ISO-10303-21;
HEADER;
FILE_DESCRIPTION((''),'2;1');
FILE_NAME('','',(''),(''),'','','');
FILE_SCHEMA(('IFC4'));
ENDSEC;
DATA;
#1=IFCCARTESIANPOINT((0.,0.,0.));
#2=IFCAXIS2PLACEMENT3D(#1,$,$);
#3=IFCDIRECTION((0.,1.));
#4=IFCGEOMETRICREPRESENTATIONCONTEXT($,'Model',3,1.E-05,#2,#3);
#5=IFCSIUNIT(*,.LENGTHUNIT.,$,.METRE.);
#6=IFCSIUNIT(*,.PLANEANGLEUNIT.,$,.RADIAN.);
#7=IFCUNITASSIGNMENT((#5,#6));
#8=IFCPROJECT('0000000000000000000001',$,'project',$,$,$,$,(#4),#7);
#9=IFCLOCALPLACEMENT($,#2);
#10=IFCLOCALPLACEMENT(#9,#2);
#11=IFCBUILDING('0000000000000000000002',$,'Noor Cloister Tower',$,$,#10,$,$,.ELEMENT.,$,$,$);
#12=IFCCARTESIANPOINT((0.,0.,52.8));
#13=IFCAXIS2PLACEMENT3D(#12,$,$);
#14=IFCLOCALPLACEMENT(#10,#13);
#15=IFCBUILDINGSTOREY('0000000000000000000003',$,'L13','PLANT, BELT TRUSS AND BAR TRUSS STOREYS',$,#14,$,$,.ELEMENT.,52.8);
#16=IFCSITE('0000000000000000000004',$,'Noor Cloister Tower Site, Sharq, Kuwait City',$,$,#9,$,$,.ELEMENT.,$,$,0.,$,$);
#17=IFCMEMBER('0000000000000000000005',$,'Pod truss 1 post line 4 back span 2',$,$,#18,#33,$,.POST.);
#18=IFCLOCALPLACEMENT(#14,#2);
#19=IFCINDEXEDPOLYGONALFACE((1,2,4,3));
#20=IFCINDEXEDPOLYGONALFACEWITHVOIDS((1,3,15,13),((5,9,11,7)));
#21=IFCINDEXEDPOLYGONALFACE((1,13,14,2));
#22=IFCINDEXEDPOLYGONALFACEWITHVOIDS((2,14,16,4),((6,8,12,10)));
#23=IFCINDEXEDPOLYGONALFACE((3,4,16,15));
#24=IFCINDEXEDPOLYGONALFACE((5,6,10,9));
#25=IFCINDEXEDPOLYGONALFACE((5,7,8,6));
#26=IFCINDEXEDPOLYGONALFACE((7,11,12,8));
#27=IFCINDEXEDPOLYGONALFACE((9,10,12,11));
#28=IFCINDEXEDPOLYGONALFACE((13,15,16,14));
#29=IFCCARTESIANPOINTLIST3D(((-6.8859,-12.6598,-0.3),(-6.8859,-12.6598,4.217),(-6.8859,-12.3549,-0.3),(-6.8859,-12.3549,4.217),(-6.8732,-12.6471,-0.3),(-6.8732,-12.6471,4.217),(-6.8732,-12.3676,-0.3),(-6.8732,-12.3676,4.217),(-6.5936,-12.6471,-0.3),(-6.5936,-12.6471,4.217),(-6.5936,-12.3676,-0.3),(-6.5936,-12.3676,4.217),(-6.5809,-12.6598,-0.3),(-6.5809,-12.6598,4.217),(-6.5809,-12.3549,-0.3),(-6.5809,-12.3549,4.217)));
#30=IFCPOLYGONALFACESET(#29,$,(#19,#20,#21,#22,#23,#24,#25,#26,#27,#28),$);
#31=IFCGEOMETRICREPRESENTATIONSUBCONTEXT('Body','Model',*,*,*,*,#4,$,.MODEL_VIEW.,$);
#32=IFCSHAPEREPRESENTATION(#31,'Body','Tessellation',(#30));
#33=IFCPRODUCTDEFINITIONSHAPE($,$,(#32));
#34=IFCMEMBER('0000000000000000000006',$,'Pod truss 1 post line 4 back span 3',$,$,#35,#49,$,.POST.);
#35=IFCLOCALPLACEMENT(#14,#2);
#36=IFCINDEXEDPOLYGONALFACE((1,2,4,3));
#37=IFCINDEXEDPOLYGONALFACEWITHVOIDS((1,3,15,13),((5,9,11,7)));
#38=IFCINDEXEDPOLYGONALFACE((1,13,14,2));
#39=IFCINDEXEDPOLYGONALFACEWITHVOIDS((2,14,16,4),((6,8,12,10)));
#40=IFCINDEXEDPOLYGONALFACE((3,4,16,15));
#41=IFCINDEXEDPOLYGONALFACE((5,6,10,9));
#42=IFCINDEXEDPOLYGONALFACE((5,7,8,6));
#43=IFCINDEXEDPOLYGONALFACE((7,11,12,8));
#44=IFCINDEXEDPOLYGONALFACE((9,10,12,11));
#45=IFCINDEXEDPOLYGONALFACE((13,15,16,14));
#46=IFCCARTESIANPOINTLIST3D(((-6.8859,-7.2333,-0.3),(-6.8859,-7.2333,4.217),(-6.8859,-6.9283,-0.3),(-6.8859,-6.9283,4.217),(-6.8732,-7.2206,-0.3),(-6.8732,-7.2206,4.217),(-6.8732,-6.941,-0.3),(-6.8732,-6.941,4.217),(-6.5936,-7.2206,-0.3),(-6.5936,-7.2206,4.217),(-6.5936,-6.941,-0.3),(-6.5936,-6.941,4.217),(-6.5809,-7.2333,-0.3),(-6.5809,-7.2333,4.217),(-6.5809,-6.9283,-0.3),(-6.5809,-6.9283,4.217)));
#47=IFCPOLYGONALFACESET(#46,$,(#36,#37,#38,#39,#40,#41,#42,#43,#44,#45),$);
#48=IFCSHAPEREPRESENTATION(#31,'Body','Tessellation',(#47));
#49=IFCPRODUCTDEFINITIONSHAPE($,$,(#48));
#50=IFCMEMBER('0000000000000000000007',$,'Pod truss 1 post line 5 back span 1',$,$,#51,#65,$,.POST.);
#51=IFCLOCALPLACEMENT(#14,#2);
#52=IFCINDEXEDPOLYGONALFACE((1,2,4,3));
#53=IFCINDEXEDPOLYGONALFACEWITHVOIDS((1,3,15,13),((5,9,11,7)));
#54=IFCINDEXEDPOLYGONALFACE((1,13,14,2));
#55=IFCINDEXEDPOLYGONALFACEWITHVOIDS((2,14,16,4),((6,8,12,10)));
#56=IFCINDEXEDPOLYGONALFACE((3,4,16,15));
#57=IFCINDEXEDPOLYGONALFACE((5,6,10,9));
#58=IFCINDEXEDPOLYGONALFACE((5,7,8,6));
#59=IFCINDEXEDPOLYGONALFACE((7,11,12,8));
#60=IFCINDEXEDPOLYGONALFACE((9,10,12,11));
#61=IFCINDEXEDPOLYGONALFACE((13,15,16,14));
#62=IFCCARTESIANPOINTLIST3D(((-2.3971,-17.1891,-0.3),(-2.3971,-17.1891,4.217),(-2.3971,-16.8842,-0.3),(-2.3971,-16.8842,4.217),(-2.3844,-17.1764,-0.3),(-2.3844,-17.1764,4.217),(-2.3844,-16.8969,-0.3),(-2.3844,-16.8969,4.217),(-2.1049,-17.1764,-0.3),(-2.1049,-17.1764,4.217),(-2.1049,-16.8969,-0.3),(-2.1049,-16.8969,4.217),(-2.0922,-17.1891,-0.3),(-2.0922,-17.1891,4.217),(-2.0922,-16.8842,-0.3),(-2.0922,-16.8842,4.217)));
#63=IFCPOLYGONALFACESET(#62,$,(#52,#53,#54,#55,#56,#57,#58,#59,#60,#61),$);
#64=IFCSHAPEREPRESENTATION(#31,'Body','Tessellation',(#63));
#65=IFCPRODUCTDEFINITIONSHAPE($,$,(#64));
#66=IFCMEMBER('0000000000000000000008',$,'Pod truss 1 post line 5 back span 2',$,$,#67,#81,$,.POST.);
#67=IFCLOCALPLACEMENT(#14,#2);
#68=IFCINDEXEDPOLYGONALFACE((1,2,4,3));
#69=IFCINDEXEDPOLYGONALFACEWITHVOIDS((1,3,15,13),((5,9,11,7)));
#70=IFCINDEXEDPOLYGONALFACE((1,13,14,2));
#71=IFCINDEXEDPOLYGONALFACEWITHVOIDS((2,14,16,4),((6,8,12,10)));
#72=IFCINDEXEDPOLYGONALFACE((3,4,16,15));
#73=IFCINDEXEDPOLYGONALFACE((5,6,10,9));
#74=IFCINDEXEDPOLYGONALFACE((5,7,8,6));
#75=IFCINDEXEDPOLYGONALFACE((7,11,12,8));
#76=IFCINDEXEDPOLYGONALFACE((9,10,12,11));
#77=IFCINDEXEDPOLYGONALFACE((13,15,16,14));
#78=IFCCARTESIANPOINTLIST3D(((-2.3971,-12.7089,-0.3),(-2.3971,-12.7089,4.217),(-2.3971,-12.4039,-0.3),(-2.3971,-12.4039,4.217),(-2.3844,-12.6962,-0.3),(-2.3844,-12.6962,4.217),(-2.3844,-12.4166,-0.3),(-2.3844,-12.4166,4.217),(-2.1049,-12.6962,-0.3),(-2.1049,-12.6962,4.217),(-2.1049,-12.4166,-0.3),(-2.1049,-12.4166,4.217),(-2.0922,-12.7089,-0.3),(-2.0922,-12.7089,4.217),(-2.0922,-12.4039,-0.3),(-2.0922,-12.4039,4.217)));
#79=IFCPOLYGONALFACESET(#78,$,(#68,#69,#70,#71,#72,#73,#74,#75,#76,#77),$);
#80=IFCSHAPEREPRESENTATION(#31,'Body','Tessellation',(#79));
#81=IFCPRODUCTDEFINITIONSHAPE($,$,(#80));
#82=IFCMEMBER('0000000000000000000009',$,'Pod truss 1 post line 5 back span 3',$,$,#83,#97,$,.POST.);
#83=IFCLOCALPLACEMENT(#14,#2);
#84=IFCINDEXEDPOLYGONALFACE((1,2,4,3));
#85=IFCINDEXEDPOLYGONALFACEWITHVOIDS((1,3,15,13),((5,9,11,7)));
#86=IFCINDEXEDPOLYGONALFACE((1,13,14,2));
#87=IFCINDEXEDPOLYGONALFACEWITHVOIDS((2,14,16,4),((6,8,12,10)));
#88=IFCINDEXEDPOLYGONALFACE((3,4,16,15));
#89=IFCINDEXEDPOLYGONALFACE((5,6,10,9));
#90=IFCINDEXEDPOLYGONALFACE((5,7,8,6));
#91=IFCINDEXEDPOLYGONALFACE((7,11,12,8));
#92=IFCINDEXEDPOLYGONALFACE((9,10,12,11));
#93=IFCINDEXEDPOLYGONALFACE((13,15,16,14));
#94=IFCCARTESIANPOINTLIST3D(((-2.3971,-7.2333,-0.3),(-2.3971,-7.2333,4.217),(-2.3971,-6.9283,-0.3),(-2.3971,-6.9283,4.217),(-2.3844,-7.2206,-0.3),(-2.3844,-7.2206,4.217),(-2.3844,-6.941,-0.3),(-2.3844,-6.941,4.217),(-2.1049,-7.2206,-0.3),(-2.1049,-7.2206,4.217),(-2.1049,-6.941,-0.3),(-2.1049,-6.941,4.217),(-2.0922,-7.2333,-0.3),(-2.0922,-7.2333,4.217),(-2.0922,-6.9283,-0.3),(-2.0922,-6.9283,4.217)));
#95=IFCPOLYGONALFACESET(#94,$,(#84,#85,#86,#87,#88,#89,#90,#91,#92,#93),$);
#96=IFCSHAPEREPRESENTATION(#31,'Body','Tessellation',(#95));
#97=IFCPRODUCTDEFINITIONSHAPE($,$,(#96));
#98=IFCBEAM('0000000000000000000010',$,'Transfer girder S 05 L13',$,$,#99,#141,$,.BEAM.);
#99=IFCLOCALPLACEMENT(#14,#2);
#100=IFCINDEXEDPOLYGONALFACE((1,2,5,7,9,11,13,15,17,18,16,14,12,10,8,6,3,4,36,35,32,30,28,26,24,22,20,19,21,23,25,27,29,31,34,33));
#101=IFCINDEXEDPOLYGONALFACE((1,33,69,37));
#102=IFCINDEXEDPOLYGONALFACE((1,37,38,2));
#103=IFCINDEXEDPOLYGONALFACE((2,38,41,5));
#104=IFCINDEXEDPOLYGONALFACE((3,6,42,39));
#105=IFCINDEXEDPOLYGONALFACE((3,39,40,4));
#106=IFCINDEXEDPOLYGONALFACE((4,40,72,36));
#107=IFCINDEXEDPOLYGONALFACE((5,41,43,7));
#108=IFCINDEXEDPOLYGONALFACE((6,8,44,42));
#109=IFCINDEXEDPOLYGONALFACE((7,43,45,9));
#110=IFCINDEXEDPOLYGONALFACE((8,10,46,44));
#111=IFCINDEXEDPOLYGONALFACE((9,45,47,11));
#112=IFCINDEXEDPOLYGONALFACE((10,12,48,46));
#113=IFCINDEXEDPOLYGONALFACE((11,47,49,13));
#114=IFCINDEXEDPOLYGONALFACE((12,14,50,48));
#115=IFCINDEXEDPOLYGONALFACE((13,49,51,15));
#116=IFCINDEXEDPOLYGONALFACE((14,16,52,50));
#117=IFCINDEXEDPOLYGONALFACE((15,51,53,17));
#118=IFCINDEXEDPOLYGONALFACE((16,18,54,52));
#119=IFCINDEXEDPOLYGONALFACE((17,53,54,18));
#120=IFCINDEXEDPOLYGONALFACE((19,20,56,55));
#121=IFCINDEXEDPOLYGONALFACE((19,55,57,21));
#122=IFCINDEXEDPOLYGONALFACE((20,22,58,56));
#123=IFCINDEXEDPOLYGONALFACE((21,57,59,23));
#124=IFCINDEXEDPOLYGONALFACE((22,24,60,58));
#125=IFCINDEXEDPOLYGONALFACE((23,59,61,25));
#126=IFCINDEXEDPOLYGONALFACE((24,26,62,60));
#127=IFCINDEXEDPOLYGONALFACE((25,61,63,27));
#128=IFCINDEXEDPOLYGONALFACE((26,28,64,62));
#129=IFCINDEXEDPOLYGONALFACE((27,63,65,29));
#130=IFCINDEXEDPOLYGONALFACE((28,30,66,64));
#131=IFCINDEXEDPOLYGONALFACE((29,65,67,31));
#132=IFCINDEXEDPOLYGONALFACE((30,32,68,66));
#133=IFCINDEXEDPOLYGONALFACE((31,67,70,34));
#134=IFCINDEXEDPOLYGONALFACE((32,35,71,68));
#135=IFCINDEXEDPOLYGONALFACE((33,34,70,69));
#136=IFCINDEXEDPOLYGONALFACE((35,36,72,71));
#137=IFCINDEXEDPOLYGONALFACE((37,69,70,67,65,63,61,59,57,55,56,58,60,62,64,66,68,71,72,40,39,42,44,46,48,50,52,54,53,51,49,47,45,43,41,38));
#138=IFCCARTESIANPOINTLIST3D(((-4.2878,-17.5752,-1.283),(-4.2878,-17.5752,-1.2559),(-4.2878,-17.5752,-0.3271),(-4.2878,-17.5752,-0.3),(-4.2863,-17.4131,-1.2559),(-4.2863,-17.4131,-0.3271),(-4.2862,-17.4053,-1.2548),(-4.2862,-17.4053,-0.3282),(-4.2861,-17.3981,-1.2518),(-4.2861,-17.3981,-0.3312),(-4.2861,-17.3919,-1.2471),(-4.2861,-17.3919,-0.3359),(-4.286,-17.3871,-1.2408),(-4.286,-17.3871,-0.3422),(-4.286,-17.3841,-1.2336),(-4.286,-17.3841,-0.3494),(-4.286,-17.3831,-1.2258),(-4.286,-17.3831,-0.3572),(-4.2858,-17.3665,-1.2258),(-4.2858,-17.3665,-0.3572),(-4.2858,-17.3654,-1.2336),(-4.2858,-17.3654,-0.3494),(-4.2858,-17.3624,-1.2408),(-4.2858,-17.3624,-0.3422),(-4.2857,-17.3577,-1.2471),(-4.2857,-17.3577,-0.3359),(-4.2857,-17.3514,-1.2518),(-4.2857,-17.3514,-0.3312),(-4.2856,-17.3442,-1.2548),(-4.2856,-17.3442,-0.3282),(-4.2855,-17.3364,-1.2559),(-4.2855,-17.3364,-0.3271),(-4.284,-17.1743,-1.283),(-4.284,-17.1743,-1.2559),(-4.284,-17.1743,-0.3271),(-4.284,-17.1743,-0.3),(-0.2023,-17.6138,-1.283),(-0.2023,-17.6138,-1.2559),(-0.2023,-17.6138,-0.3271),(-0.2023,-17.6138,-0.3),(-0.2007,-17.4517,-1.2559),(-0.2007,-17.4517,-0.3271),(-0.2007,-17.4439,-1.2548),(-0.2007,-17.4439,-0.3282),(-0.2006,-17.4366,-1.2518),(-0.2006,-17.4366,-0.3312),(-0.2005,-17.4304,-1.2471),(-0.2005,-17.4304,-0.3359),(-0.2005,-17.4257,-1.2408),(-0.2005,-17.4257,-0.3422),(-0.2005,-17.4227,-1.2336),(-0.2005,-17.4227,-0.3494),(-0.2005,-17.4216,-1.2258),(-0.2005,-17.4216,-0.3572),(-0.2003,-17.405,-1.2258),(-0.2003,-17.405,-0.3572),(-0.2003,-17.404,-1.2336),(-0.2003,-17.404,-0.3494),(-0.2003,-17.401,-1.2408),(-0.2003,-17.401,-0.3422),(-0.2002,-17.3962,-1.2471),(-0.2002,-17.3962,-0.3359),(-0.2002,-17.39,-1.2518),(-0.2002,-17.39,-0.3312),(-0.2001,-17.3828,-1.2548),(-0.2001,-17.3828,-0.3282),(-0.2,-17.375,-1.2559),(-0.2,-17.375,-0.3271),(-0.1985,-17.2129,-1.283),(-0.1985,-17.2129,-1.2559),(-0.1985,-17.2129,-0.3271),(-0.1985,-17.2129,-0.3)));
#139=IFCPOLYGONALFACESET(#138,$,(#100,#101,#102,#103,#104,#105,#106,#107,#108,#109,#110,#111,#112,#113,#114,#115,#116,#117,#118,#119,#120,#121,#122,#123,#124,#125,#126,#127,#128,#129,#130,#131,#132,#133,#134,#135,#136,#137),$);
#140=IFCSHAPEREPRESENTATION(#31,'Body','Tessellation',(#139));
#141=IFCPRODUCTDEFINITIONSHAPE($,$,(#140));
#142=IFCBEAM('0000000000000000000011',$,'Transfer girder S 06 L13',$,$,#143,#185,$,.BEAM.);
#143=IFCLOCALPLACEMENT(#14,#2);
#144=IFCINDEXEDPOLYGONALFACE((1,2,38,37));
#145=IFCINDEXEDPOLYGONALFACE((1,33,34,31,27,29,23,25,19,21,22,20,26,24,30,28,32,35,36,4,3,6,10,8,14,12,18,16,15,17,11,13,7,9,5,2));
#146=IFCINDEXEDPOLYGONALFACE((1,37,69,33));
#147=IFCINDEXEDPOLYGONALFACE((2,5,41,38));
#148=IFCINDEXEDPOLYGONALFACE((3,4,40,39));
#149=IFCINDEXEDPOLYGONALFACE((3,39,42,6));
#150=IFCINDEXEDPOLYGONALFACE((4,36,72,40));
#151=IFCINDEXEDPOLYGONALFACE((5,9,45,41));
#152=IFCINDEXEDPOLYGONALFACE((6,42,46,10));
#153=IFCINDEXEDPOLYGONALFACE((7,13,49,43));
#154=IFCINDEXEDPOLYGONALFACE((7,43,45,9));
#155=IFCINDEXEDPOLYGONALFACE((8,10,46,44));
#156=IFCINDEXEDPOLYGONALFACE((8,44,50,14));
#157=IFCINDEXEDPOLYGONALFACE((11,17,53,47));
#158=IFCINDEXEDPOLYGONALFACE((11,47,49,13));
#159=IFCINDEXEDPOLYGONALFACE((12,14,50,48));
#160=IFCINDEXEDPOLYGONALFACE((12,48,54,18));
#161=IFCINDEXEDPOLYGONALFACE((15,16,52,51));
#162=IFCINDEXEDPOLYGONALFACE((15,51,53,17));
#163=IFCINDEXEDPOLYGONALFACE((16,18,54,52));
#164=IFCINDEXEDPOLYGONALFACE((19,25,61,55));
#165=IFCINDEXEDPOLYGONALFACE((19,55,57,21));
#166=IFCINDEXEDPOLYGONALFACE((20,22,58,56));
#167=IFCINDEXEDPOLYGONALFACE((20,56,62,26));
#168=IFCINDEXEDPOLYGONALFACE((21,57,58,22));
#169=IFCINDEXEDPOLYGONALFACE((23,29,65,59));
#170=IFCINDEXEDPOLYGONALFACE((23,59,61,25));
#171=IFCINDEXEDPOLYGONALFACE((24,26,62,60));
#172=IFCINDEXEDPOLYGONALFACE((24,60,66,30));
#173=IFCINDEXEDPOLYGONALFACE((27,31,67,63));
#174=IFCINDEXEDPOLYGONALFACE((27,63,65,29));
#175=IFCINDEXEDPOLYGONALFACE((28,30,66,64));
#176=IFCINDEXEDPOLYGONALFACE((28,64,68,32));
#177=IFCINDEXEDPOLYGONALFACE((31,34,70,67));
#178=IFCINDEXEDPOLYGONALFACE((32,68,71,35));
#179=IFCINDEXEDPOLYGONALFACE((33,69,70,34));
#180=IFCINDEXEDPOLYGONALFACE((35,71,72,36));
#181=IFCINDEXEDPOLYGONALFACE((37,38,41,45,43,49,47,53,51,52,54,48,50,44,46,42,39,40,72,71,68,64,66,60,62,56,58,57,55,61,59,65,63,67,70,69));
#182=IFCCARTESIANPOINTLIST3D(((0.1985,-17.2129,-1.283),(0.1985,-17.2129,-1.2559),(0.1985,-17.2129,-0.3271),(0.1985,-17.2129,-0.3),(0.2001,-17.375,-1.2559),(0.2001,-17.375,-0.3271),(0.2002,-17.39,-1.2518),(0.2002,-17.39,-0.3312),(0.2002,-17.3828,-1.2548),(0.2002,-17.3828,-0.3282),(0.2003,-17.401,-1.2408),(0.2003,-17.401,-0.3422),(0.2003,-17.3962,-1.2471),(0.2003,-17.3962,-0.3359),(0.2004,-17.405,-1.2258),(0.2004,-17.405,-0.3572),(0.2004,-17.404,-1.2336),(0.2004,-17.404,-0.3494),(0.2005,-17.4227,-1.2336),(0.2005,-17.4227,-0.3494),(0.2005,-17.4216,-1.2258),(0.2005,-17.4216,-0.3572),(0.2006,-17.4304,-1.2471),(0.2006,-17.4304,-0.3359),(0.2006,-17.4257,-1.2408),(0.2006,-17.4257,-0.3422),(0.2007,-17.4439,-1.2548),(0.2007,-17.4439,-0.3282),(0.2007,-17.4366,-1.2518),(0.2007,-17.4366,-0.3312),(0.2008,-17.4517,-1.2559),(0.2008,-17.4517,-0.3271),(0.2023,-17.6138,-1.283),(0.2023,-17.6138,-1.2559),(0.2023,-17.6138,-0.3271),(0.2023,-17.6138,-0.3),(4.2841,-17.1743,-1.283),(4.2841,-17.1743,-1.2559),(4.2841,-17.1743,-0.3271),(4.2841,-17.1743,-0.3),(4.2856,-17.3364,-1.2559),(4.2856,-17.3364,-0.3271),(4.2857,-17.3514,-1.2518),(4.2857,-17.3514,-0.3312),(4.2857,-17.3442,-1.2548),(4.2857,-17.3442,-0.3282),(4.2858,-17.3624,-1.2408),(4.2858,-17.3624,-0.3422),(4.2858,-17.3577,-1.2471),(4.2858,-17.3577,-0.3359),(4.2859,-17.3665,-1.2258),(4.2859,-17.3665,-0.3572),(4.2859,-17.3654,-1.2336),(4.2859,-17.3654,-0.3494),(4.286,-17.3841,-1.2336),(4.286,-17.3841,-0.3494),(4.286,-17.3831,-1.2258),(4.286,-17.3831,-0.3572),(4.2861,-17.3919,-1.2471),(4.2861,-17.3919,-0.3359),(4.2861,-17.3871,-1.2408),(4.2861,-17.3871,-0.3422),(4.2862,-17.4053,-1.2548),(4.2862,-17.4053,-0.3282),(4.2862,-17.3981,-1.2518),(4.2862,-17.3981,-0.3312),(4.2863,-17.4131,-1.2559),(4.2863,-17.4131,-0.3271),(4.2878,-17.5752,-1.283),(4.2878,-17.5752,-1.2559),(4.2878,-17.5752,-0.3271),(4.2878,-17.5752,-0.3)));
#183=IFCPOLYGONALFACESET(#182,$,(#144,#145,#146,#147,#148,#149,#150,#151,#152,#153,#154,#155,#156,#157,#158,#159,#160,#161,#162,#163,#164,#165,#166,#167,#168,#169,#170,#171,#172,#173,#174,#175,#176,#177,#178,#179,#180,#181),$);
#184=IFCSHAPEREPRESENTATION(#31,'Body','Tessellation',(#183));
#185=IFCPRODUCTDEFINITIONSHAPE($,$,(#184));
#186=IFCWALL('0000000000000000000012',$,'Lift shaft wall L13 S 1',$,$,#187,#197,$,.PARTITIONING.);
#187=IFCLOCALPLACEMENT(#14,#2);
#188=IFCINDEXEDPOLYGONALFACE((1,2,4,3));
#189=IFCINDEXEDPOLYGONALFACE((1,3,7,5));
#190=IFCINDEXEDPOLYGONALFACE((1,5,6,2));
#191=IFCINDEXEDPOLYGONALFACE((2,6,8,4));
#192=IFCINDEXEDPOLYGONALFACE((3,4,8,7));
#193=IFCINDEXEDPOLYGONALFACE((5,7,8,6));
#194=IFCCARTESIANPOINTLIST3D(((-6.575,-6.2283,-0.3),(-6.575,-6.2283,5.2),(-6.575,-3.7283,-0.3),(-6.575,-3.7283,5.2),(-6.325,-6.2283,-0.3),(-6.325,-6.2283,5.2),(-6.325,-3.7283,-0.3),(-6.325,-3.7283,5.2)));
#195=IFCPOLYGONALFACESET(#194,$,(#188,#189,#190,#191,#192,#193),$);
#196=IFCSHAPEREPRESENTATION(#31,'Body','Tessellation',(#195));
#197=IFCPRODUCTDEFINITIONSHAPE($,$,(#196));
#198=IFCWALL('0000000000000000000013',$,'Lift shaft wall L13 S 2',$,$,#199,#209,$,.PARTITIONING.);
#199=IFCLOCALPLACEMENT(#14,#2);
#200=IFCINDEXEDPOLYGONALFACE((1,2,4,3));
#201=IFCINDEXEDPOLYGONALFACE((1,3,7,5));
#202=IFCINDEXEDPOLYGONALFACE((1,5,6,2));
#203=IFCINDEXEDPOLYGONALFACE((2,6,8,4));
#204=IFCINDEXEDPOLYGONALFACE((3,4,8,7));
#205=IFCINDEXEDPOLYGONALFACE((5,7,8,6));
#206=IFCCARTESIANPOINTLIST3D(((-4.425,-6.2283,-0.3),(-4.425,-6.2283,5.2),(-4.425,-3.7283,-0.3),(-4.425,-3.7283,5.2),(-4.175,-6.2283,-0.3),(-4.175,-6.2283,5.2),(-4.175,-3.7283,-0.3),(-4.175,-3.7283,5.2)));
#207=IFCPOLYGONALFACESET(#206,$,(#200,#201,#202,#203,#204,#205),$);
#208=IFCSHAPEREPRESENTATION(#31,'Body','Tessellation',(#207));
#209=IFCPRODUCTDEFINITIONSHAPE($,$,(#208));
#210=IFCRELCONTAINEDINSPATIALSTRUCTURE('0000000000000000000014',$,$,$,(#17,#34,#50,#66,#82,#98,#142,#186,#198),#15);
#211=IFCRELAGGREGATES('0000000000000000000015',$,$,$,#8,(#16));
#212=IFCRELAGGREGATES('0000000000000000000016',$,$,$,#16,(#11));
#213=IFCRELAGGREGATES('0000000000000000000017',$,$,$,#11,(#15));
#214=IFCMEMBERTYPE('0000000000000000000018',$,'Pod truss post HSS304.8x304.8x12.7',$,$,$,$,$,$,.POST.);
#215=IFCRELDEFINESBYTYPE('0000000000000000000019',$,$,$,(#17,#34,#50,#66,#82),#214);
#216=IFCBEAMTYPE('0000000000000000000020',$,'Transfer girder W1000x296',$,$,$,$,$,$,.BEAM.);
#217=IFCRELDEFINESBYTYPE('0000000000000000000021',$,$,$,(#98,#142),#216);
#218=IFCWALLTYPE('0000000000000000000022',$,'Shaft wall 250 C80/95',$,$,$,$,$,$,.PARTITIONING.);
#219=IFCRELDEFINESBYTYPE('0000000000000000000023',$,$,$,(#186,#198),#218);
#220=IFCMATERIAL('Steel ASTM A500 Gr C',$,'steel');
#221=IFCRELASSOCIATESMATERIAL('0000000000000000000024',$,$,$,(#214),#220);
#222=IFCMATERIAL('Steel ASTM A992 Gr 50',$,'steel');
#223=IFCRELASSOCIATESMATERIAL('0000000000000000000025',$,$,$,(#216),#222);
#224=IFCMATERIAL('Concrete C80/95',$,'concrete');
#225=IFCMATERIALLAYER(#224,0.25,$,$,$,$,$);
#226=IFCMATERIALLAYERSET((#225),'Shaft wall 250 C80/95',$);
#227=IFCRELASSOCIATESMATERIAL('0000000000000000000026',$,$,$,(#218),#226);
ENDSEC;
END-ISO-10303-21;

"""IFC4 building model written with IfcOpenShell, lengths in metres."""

from ifc_helpers import new_model, si_unit, direction, frame, frame_2d, origin, origin_2d, place, context, subcontext, project, spatial, rectangle, hollow_rectangle, i_section, extrude, material, layer, layer_set, material_profile, profile_set, type_object, element, save


model = new_model("IFC4")

# Units and contexts
model_context = context("Model", 3, precision=1e-05, world=origin(), true_north=direction((0.0, 1.0)))
body_context = subcontext(model_context, "Body", "Model", "MODEL_VIEW")
ifc_project = project(units=[si_unit("LENGTHUNIT", "METRE"), si_unit("PLANEANGLEUNIT", "RADIAN")], contexts=[model_context])

# Site, building, storey
site_placement = place(None, origin())
site = spatial("IfcSite", under=ifc_project, at=site_placement, Name="Noor Cloister Tower Site, Sharq, Kuwait City", CompositionType="ELEMENT", RefElevation=0.0)
building_placement = place(site_placement, origin())
building = spatial("IfcBuilding", under=site, at=building_placement, Name="Noor Cloister Tower", CompositionType="ELEMENT")
storey_placement = place(building_placement, frame((0.0, 0.0, 52.8)))
storey = spatial("IfcBuildingStorey", under=building, at=storey_placement, Name="L13", Description="PLANT, BELT TRUSS AND BAR TRUSS STOREYS", CompositionType="ELEMENT", Elevation=52.8)

# Members
ifc_material_1 = material(Name="Steel ASTM A500 Gr C", Category="steel")
ifc_material_profile_1 = material_profile(ifc_material_1, hollow_rectangle(XDim=0.3049, YDim=0.3049, WallThickness=0.0127, at=origin_2d()), Name="HSS304.8x304.8x12.7")
ifc_profile_set_1 = profile_set([ifc_material_profile_1], Name="Steel ASTM A500 Gr C")
member_type_1 = type_object("IfcMemberType", Name="Pod truss post HSS304.8x304.8x12.7", PredefinedType="POST", material=ifc_profile_set_1)
for number, where, z_axis, x_axis, name in (
    (1, (-6.7334, -12.5073, -0.3), (0.0, 0.0, 1.0), (1.0, 0.0, 0.0), "Pod truss 1 post line 4 back span 2"),
    (2, (-6.7334, -7.0808, -0.3), (0.0, 0.0, 1.0), (1.0, 0.0, 0.0), "Pod truss 1 post line 4 back span 3"),
    (3, (-2.2446, -17.0366, -0.3), (0.0, 0.0, 1.0), (1.0, 0.0, 0.0), "Pod truss 1 post line 5 back span 1"),
    (4, (-2.2446, -12.5564, -0.3), (0.0, 0.0, 1.0), (1.0, 0.0, 0.0), "Pod truss 1 post line 5 back span 2"),
    (5, (-2.2446, -7.0808, -0.3), (0.0, 0.0, 1.0), (1.0, 0.0, 0.0), "Pod truss 1 post line 5 back span 3"),
):
    element("IfcMember", number, at=place(storey_placement, frame(where, z_axis=z_axis, x_axis=x_axis)), inside=storey, type_object=member_type_1, Name=name, PredefinedType="POST", context=body_context, shape_type="SweptSolid", body=[
        extrude(hollow_rectangle(XDim=0.3049, YDim=0.3049, WallThickness=0.0127, at=origin_2d()), origin(), (0.0, 0.0, 1.0), 4.5171),
    ])

# Beams
ifc_material_2 = material(Name="Steel ASTM A992 Gr 50", Category="steel")
ifc_material_profile_2 = material_profile(ifc_material_2, i_section(OverallWidth=0.4009, OverallDepth=0.9829, WebThickness=0.0166, FlangeThickness=0.0271, FilletRadius=0.03, at=origin_2d()), Name="W1000x296")
ifc_profile_set_2 = profile_set([ifc_material_profile_2], Name="Steel ASTM A992 Gr 50")
beam_type = type_object("IfcBeamType", Name="Transfer girder W1000x296", PredefinedType="BEAM", material=ifc_profile_set_2)
for number, where, z_axis, x_axis, name in (
    (6, (-4.2859, -17.3748, -0.7915), (0.999955, -0.009441, 0.0), (0.009441, 0.999955, 0.0), "Transfer girder S 05 L13"),
    (7, (0.2004, -17.4133, -0.7915), (0.999955, 0.009441, 0.0), (-0.009441, 0.999955, 0.0), "Transfer girder S 06 L13"),
):
    element("IfcBeam", number, at=place(storey_placement, frame(where, z_axis=z_axis, x_axis=x_axis)), inside=storey, type_object=beam_type, Name=name, PredefinedType="BEAM", context=body_context, shape_type="SweptSolid", body=[
        extrude(i_section(OverallWidth=0.4009, OverallDepth=0.9829, WebThickness=0.0166, FlangeThickness=0.0271, FilletRadius=0.03, at=origin_2d()), origin(), (0.0, 0.0, 1.0), 4.0857),
    ])

# Walls
ifc_material_3 = material(Name="Concrete C80/95", Category="concrete")
ifc_layer = layer(ifc_material_3, 0.25)
ifc_layer_set = layer_set([ifc_layer], Name="Shaft wall 250 C80/95")
wall_type = type_object("IfcWallType", Name="Shaft wall 250 C80/95", PredefinedType="PARTITIONING", material=ifc_layer_set)
for number, where, z_axis, x_axis, name in (
    (8, (-6.45, -6.2283, -0.3), (0.0, 0.0, 1.0), (0.0, 1.0, 0.0), "Lift shaft wall L13 S 1"),
    (9, (-4.3, -6.2283, -0.3), (0.0, 0.0, 1.0), (0.0, 1.0, 0.0), "Lift shaft wall L13 S 2"),
):
    element("IfcWall", number, at=place(storey_placement, frame(where, z_axis=z_axis, x_axis=x_axis)), inside=storey, type_object=wall_type, Name=name, PredefinedType="PARTITIONING", context=body_context, shape_type="SweptSolid", body=[
        extrude(rectangle(XDim=2.5, YDim=0.25, at=frame_2d((1.25, 0.0))), origin(), (0.0, 0.0, 1.0), 5.5),
    ])

save(model, "model.ifc")
